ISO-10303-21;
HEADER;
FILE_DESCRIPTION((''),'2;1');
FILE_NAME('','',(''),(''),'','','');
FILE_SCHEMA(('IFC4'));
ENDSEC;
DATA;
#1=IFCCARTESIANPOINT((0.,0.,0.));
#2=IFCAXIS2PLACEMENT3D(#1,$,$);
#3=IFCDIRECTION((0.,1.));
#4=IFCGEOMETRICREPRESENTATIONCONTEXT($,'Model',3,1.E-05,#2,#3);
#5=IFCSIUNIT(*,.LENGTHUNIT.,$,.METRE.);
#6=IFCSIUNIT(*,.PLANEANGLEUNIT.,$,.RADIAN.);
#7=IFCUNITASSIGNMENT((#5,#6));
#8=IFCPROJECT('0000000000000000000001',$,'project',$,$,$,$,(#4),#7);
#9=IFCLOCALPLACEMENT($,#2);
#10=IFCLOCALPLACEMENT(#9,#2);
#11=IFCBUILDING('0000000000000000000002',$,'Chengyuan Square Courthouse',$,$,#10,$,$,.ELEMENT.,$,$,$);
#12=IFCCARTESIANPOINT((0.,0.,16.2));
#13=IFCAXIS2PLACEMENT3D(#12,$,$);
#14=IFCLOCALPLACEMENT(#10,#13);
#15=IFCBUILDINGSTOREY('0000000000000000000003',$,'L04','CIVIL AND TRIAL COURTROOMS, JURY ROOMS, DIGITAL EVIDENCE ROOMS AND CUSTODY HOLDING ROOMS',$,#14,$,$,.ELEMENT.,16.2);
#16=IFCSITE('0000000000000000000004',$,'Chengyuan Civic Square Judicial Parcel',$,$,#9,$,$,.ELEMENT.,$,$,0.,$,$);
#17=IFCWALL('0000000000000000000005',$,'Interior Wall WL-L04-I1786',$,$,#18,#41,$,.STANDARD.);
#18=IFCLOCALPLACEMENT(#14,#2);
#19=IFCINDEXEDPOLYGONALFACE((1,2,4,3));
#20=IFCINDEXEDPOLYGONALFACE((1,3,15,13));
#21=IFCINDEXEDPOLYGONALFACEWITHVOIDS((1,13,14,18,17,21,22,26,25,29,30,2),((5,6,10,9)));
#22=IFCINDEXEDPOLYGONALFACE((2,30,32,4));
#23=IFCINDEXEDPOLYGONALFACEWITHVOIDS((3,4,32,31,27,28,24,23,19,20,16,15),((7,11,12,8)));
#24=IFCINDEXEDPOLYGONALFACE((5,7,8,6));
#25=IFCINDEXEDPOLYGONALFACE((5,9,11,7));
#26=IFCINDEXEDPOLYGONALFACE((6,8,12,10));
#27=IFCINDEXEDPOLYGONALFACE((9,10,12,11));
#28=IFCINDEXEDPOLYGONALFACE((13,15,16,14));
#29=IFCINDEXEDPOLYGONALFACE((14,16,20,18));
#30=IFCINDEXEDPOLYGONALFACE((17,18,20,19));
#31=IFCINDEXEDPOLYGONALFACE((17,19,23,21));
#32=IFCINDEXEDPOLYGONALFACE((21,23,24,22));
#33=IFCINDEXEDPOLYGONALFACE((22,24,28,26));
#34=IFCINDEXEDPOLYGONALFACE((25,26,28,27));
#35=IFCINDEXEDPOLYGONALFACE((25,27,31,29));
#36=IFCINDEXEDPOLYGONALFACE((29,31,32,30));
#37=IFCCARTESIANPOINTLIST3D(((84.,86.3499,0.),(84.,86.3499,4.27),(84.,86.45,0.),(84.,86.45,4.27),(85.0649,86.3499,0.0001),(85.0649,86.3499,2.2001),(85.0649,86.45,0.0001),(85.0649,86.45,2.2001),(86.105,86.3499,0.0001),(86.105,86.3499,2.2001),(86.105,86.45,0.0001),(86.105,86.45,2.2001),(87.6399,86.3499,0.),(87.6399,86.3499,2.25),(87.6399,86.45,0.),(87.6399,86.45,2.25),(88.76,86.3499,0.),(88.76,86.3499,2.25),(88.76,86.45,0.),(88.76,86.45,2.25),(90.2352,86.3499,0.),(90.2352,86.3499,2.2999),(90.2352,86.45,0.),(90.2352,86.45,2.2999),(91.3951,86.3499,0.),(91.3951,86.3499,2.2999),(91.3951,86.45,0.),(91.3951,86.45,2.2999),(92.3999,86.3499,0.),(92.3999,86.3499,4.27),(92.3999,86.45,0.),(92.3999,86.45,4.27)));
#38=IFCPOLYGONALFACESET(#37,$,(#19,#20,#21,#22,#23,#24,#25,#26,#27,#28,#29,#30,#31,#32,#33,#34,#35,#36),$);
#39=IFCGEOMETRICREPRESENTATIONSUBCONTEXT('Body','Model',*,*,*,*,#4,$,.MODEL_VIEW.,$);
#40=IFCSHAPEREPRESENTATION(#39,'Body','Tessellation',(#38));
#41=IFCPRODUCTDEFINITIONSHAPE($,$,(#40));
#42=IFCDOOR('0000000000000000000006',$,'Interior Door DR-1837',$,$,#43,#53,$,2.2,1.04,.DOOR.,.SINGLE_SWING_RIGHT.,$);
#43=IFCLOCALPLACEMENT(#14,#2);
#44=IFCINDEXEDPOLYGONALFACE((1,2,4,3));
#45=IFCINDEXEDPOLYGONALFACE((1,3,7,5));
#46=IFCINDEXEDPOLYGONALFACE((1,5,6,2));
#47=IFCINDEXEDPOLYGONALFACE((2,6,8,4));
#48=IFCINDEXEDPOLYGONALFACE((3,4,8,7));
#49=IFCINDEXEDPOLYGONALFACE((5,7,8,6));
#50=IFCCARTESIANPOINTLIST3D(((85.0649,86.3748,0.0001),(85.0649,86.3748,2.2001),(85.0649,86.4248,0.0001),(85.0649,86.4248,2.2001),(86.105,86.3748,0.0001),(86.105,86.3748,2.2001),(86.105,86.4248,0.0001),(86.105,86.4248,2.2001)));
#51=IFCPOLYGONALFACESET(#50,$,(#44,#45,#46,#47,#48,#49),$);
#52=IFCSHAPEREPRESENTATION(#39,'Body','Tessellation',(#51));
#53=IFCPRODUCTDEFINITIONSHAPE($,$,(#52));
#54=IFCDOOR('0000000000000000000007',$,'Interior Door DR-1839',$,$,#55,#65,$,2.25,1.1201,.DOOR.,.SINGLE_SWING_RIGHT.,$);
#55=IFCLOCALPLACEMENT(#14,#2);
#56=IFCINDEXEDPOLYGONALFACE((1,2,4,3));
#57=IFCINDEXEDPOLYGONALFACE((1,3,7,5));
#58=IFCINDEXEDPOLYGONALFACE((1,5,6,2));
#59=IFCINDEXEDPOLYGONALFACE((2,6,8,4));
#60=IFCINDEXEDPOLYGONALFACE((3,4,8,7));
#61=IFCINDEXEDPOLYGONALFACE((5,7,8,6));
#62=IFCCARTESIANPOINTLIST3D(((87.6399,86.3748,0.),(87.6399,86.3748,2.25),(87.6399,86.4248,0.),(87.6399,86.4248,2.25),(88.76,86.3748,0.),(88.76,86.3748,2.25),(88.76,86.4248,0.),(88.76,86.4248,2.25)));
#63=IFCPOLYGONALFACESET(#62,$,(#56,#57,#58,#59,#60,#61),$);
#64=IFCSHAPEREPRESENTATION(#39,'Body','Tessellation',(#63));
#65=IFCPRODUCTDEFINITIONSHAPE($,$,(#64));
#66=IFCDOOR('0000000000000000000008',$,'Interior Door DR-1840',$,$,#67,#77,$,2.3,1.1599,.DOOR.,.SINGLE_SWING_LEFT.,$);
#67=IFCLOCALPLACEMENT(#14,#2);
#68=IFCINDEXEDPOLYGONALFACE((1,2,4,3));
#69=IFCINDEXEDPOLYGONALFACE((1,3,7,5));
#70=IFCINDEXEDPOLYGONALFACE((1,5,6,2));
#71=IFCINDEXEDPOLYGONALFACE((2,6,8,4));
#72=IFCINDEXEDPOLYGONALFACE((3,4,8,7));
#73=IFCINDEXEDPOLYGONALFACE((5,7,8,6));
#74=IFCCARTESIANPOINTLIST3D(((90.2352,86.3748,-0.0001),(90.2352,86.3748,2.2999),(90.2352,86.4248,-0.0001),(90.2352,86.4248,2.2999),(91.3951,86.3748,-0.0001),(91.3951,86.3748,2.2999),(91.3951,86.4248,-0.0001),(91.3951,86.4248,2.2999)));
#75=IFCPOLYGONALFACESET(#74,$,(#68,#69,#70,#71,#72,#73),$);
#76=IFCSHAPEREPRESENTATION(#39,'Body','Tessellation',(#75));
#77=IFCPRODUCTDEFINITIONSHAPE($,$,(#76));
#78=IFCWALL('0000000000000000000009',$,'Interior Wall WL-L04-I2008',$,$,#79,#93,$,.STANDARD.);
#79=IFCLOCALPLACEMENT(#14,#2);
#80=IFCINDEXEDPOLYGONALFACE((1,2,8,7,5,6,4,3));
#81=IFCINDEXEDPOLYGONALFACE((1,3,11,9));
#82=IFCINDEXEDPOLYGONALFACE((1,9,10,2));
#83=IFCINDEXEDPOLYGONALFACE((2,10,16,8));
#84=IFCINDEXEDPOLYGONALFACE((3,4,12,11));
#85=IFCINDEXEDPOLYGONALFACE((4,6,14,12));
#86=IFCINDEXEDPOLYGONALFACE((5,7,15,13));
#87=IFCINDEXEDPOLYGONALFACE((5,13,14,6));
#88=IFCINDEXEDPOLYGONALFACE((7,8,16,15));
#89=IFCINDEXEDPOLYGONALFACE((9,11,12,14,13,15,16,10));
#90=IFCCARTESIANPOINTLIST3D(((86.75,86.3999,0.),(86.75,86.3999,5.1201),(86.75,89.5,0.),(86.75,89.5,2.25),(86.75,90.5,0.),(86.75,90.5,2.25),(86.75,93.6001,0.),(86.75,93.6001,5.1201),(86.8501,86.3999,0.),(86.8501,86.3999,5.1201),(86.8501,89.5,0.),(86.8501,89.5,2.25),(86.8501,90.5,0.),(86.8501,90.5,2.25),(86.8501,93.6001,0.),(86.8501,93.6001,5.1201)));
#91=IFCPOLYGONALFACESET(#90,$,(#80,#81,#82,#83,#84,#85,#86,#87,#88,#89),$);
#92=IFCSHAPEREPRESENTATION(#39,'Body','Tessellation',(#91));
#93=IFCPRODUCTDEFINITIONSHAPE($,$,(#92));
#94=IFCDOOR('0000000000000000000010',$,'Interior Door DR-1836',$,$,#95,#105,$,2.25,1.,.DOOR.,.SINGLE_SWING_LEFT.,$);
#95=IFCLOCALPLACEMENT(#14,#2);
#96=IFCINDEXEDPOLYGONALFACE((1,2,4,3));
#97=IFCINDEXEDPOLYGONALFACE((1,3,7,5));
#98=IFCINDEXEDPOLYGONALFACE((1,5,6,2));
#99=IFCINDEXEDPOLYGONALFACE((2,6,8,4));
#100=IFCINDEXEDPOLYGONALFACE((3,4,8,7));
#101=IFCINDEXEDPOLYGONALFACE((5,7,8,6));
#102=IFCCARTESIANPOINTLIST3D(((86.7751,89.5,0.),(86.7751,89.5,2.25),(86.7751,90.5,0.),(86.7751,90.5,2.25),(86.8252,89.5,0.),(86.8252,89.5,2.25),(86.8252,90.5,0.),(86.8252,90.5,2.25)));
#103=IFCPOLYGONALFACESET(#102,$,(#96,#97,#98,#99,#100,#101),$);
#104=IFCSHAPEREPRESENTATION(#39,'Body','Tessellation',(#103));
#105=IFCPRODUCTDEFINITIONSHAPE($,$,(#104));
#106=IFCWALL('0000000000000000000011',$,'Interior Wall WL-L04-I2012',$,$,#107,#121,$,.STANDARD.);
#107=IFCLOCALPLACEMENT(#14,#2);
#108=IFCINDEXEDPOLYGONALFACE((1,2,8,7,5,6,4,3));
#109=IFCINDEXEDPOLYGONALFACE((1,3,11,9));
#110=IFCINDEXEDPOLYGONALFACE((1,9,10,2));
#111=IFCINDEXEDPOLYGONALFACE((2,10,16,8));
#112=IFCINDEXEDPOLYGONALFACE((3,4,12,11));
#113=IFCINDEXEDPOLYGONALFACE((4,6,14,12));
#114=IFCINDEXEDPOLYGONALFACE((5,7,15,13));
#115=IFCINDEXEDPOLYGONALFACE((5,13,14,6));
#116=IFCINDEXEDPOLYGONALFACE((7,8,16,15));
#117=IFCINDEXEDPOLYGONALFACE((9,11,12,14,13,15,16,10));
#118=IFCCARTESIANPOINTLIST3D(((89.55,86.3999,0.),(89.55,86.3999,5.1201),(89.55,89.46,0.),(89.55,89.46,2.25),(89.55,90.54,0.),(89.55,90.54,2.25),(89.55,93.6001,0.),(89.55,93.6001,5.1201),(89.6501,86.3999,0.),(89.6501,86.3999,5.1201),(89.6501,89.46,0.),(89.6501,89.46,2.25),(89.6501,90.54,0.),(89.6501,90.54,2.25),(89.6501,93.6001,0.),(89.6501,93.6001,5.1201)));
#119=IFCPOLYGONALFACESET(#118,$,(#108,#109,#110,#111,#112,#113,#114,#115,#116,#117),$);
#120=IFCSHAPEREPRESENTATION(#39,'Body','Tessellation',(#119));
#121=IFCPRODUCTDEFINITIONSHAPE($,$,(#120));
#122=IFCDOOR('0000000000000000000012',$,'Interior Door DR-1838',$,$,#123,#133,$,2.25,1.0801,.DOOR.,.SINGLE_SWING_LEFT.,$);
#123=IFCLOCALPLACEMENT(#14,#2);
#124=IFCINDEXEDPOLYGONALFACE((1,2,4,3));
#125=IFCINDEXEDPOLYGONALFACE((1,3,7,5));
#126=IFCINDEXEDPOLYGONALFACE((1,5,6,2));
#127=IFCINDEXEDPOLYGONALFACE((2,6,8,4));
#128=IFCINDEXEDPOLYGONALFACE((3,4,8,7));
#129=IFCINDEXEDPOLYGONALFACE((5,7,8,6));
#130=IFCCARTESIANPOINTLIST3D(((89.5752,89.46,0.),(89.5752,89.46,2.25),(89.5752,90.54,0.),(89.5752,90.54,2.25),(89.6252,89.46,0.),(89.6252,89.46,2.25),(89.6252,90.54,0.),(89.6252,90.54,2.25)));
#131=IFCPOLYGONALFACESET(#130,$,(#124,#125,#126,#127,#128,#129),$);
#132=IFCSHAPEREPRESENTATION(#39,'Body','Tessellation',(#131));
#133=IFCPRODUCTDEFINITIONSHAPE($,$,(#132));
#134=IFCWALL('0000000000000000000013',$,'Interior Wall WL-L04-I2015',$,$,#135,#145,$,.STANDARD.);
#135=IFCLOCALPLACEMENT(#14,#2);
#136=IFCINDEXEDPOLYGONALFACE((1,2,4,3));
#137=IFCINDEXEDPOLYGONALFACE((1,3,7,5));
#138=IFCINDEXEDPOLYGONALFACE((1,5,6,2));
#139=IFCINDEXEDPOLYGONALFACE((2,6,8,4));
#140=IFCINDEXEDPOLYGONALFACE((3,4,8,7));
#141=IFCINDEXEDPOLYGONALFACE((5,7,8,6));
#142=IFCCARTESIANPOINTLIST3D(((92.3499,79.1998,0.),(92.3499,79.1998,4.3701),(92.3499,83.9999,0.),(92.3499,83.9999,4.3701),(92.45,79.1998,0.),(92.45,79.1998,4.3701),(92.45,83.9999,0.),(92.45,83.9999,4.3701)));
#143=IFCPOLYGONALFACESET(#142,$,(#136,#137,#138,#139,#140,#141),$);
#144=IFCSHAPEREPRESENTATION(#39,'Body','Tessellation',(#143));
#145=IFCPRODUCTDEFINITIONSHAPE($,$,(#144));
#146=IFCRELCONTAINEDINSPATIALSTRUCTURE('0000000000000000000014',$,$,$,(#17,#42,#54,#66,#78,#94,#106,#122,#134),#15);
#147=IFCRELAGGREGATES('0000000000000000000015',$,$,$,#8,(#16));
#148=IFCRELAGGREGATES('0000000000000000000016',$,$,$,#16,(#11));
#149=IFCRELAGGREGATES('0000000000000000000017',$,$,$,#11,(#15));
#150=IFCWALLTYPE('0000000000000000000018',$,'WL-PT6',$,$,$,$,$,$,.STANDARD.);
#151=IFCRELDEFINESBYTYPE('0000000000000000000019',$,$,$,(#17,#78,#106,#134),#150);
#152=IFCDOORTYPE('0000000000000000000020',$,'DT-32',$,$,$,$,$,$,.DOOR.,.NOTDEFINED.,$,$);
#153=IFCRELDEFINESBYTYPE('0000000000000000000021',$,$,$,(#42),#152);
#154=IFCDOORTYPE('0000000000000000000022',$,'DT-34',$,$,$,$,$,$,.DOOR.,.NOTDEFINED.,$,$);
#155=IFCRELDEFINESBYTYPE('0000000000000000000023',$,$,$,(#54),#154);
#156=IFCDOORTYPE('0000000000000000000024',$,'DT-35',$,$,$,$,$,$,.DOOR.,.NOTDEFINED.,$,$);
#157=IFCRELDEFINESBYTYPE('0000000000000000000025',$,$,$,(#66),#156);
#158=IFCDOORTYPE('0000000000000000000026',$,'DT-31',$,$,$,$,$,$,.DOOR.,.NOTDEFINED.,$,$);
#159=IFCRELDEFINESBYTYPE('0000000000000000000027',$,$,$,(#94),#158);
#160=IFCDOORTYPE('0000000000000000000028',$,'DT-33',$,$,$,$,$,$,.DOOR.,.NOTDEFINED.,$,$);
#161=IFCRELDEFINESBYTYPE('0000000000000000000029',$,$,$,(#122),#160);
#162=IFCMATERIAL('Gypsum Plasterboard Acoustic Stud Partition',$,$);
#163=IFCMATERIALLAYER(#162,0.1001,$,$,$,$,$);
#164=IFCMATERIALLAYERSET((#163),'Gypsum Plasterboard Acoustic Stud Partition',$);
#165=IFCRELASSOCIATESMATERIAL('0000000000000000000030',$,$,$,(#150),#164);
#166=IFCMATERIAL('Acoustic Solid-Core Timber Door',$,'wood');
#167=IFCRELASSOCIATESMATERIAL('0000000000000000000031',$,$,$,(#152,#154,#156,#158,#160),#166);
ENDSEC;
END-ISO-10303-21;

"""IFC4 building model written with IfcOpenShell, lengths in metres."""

from ifc_helpers import new_model, si_unit, direction, frame, frame_2d, origin, place, context, subcontext, project, spatial, rectangle, extrude, material, layer, layer_set, type_object, element, fill, save


model = new_model("IFC4")

# Units and contexts
model_context = context("Model", 3, precision=1e-05, world=origin(), true_north=direction((0.0, 1.0)))
body_context = subcontext(model_context, "Body", "Model", "MODEL_VIEW")
ifc_project = project(units=[si_unit("LENGTHUNIT", "METRE"), si_unit("PLANEANGLEUNIT", "RADIAN")], contexts=[model_context])

# Site, building, storey
site_placement = place(None, origin())
site = spatial("IfcSite", under=ifc_project, at=site_placement, Name="Chengyuan Civic Square Judicial Parcel", CompositionType="ELEMENT", RefElevation=0.0)
building_placement = place(site_placement, origin())
building = spatial("IfcBuilding", under=site, at=building_placement, Name="Chengyuan Square Courthouse", CompositionType="ELEMENT")
storey_placement = place(building_placement, frame((0.0, 0.0, 16.2)))
storey = spatial("IfcBuildingStorey", under=building, at=storey_placement, Name="L04", Description="CIVIL AND TRIAL COURTROOMS, JURY ROOMS, DIGITAL EVIDENCE ROOMS AND CUSTODY HOLDING ROOMS", CompositionType="ELEMENT", Elevation=16.2)

# Wall, openings, doors
ifc_material_1 = material(Name="Gypsum Plasterboard Acoustic Stud Partition")
ifc_layer_1 = layer(ifc_material_1, 0.1001)
ifc_layer_set_1 = layer_set([ifc_layer_1], Name="Gypsum Plasterboard Acoustic Stud Partition")
wall_type_1 = type_object("IfcWallType", Name="WL-PT6", PredefinedType="STANDARD", material=ifc_layer_set_1)
wall_1_placement = place(storey_placement, frame((84.0, 86.3999, 0.0), z_axis=(0.0, 0.0, 1.0), x_axis=(1.0, 0.0, 0.0)))
wall_1 = element("IfcWall", 1, at=wall_1_placement, inside=storey, type_object=wall_type_1, Name="Interior Wall WL-L04-I1786", PredefinedType="STANDARD", context=body_context, shape_type="SweptSolid", body=[
    extrude(rectangle(XDim=8.3999, YDim=0.1001, at=frame_2d((4.2, 0.0))), origin(), (0.0, 0.0, 1.0), 4.27),
])
opening_1_placement = place(wall_1_placement, frame((1.0649, 0.0, 0.0)))
opening_1 = element("IfcOpeningElement", 2, at=opening_1_placement, cuts=wall_1, PredefinedType="OPENING", context=body_context, shape_type="SweptSolid", body=[
    extrude(rectangle(XDim=1.04, YDim=2.2, at=frame_2d((0.52, 1.1001))), frame((0.0, 0.062, 0.0), z_axis=(0.0, -1.0, 0.0), x_axis=(1.0, 0.0, 0.0)), (0.0, 0.0, 1.0), 0.124),
])
opening_2_placement = place(wall_1_placement, frame((3.6399, 0.0, 0.0)))
opening_2 = element("IfcOpeningElement", 3, at=opening_2_placement, cuts=wall_1, PredefinedType="OPENING", context=body_context, shape_type="SweptSolid", body=[
    extrude(rectangle(XDim=1.1201, YDim=2.25, at=frame_2d((0.5601, 1.125))), frame((0.0, 0.062, 0.0), z_axis=(0.0, -1.0, 0.0), x_axis=(1.0, 0.0, 0.0)), (0.0, 0.0, 1.0), 0.124),
])
opening_3_placement = place(wall_1_placement, frame((6.2351, 0.0, 0.0)))
opening_3 = element("IfcOpeningElement", 4, at=opening_3_placement, cuts=wall_1, PredefinedType="OPENING", context=body_context, shape_type="SweptSolid", body=[
    extrude(rectangle(XDim=1.1599, YDim=2.3, at=frame_2d((0.5801, 1.1499))), frame((0.0, 0.062, 0.0), z_axis=(0.0, -1.0, 0.0), x_axis=(1.0, 0.0, 0.0)), (0.0, 0.0, 1.0), 0.124),
])
ifc_material_2 = material(Name="Acoustic Solid-Core Timber Door", Category="wood")
door_type_1 = type_object("IfcDoorType", Name="DT-32", OperationType="NOTDEFINED", PredefinedType="DOOR", material=ifc_material_2)
door_1_placement = place(opening_1_placement, origin())
door_1 = element("IfcDoor", 5, at=door_1_placement, inside=storey, type_object=door_type_1, Name="Interior Door DR-1837", OperationType="SINGLE_SWING_RIGHT", OverallHeight=2.2, OverallWidth=1.04, PredefinedType="DOOR", context=body_context, shape_type="SweptSolid", body=[
    extrude(rectangle(XDim=1.04, YDim=2.2, at=frame_2d((0.52, 1.1001))), frame((0.0, 0.0249, 0.0), z_axis=(0.0, -1.0, 0.0), x_axis=(1.0, 0.0, 0.0)), (0.0, 0.0, 1.0), 0.05),
])
fill(opening_1, door_1)
door_type_2 = type_object("IfcDoorType", Name="DT-34", OperationType="NOTDEFINED", PredefinedType="DOOR", material=ifc_material_2)
door_2_placement = place(opening_2_placement, origin())
door_2 = element("IfcDoor", 6, at=door_2_placement, inside=storey, type_object=door_type_2, Name="Interior Door DR-1839", OperationType="SINGLE_SWING_RIGHT", OverallHeight=2.25, OverallWidth=1.1201, PredefinedType="DOOR", context=body_context, shape_type="SweptSolid", body=[
    extrude(rectangle(XDim=1.1201, YDim=2.25, at=frame_2d((0.5601, 1.125))), frame((0.0, 0.0249, 0.0), z_axis=(0.0, -1.0, 0.0), x_axis=(1.0, 0.0, 0.0)), (0.0, 0.0, 1.0), 0.05),
])
fill(opening_2, door_2)
door_type_3 = type_object("IfcDoorType", Name="DT-35", OperationType="NOTDEFINED", PredefinedType="DOOR", material=ifc_material_2)
door_3_placement = place(opening_3_placement, origin())
door_3 = element("IfcDoor", 7, at=door_3_placement, inside=storey, type_object=door_type_3, Name="Interior Door DR-1840", OperationType="SINGLE_SWING_LEFT", OverallHeight=2.3, OverallWidth=1.1599, PredefinedType="DOOR", context=body_context, shape_type="SweptSolid", body=[
    extrude(rectangle(XDim=1.1599, YDim=2.3, at=frame_2d((0.5801, 1.1499))), frame((0.0, 0.0249, 0.0), z_axis=(0.0, -1.0, 0.0), x_axis=(1.0, 0.0, 0.0)), (0.0, 0.0, 1.0), 0.05),
])
fill(opening_3, door_3)

# Walls, openings, doors
wall_2_placement = place(storey_placement, frame((86.8, 86.3999, 0.0), z_axis=(0.0, 0.0, 1.0), x_axis=(0.0, 1.0, 0.0)))
wall_2 = element("IfcWall", 8, at=wall_2_placement, inside=storey, type_object=wall_type_1, Name="Interior Wall WL-L04-I2008", PredefinedType="STANDARD", context=body_context, shape_type="SweptSolid", body=[
    extrude(rectangle(XDim=7.2002, YDim=0.1001, at=frame_2d((3.6001, 0.0))), origin(), (0.0, 0.0, 1.0), 5.1201),
])
opening_4_placement = place(wall_2_placement, frame((3.1001, 0.0, 0.0)))
opening_4 = element("IfcOpeningElement", 9, at=opening_4_placement, cuts=wall_2, PredefinedType="OPENING", context=body_context, shape_type="SweptSolid", body=[
    extrude(rectangle(XDim=1.0, YDim=2.25, at=frame_2d((0.5, 1.125))), frame((0.0, 0.062, 0.0), z_axis=(0.0, -1.0, 0.0), x_axis=(1.0, 0.0, 0.0)), (0.0, 0.0, 1.0), 0.124),
])
door_type_4 = type_object("IfcDoorType", Name="DT-31", OperationType="NOTDEFINED", PredefinedType="DOOR", material=ifc_material_2)
door_4_placement = place(opening_4_placement, origin())
door_4 = element("IfcDoor", 10, at=door_4_placement, inside=storey, type_object=door_type_4, Name="Interior Door DR-1836", OperationType="SINGLE_SWING_LEFT", OverallHeight=2.25, OverallWidth=1.0, PredefinedType="DOOR", context=body_context, shape_type="SweptSolid", body=[
    extrude(rectangle(XDim=1.0, YDim=2.25, at=frame_2d((0.5, 1.125))), frame((0.0, 0.0249, 0.0), z_axis=(0.0, -1.0, 0.0), x_axis=(1.0, 0.0, 0.0)), (0.0, 0.0, 1.0), 0.05),
])
fill(opening_4, door_4)
wall_3_placement = place(storey_placement, frame((89.6001, 86.3999, 0.0), z_axis=(0.0, 0.0, 1.0), x_axis=(0.0, 1.0, 0.0)))
wall_3 = element("IfcWall", 11, at=wall_3_placement, inside=storey, type_object=wall_type_1, Name="Interior Wall WL-L04-I2012", PredefinedType="STANDARD", context=body_context, shape_type="SweptSolid", body=[
    extrude(rectangle(XDim=7.2002, YDim=0.1001, at=frame_2d((3.6001, 0.0))), origin(), (0.0, 0.0, 1.0), 5.1201),
])
opening_5_placement = place(wall_3_placement, frame((3.0601, 0.0, 0.0)))
opening_5 = element("IfcOpeningElement", 12, at=opening_5_placement, cuts=wall_3, PredefinedType="OPENING", context=body_context, shape_type="SweptSolid", body=[
    extrude(rectangle(XDim=1.0801, YDim=2.25, at=frame_2d((0.54, 1.125))), frame((0.0, 0.062, 0.0), z_axis=(0.0, -1.0, 0.0), x_axis=(1.0, 0.0, 0.0)), (0.0, 0.0, 1.0), 0.124),
])
door_type_5 = type_object("IfcDoorType", Name="DT-33", OperationType="NOTDEFINED", PredefinedType="DOOR", material=ifc_material_2)
door_5_placement = place(opening_5_placement, origin())
door_5 = element("IfcDoor", 13, at=door_5_placement, inside=storey, type_object=door_type_5, Name="Interior Door DR-1838", OperationType="SINGLE_SWING_LEFT", OverallHeight=2.25, OverallWidth=1.0801, PredefinedType="DOOR", context=body_context, shape_type="SweptSolid", body=[
    extrude(rectangle(XDim=1.0801, YDim=2.25, at=frame_2d((0.54, 1.125))), frame((0.0, 0.0249, 0.0), z_axis=(0.0, -1.0, 0.0), x_axis=(1.0, 0.0, 0.0)), (0.0, 0.0, 1.0), 0.05),
])
fill(opening_5, door_5)

# Wall
wall_4_placement = place(storey_placement, frame((92.3999, 79.2, 0.0), z_axis=(0.0, 0.0, 1.0), x_axis=(0.0, 1.0, 0.0)))
element("IfcWall", 14, at=wall_4_placement, inside=storey, type_object=wall_type_1, Name="Interior Wall WL-L04-I2015", PredefinedType="STANDARD", context=body_context, shape_type="SweptSolid", body=[
    extrude(rectangle(XDim=4.8, YDim=0.1001, at=frame_2d((2.3999, 0.0))), origin(), (0.0, 0.0, 1.0), 4.3701),
])

save(model, "model.ifc")
